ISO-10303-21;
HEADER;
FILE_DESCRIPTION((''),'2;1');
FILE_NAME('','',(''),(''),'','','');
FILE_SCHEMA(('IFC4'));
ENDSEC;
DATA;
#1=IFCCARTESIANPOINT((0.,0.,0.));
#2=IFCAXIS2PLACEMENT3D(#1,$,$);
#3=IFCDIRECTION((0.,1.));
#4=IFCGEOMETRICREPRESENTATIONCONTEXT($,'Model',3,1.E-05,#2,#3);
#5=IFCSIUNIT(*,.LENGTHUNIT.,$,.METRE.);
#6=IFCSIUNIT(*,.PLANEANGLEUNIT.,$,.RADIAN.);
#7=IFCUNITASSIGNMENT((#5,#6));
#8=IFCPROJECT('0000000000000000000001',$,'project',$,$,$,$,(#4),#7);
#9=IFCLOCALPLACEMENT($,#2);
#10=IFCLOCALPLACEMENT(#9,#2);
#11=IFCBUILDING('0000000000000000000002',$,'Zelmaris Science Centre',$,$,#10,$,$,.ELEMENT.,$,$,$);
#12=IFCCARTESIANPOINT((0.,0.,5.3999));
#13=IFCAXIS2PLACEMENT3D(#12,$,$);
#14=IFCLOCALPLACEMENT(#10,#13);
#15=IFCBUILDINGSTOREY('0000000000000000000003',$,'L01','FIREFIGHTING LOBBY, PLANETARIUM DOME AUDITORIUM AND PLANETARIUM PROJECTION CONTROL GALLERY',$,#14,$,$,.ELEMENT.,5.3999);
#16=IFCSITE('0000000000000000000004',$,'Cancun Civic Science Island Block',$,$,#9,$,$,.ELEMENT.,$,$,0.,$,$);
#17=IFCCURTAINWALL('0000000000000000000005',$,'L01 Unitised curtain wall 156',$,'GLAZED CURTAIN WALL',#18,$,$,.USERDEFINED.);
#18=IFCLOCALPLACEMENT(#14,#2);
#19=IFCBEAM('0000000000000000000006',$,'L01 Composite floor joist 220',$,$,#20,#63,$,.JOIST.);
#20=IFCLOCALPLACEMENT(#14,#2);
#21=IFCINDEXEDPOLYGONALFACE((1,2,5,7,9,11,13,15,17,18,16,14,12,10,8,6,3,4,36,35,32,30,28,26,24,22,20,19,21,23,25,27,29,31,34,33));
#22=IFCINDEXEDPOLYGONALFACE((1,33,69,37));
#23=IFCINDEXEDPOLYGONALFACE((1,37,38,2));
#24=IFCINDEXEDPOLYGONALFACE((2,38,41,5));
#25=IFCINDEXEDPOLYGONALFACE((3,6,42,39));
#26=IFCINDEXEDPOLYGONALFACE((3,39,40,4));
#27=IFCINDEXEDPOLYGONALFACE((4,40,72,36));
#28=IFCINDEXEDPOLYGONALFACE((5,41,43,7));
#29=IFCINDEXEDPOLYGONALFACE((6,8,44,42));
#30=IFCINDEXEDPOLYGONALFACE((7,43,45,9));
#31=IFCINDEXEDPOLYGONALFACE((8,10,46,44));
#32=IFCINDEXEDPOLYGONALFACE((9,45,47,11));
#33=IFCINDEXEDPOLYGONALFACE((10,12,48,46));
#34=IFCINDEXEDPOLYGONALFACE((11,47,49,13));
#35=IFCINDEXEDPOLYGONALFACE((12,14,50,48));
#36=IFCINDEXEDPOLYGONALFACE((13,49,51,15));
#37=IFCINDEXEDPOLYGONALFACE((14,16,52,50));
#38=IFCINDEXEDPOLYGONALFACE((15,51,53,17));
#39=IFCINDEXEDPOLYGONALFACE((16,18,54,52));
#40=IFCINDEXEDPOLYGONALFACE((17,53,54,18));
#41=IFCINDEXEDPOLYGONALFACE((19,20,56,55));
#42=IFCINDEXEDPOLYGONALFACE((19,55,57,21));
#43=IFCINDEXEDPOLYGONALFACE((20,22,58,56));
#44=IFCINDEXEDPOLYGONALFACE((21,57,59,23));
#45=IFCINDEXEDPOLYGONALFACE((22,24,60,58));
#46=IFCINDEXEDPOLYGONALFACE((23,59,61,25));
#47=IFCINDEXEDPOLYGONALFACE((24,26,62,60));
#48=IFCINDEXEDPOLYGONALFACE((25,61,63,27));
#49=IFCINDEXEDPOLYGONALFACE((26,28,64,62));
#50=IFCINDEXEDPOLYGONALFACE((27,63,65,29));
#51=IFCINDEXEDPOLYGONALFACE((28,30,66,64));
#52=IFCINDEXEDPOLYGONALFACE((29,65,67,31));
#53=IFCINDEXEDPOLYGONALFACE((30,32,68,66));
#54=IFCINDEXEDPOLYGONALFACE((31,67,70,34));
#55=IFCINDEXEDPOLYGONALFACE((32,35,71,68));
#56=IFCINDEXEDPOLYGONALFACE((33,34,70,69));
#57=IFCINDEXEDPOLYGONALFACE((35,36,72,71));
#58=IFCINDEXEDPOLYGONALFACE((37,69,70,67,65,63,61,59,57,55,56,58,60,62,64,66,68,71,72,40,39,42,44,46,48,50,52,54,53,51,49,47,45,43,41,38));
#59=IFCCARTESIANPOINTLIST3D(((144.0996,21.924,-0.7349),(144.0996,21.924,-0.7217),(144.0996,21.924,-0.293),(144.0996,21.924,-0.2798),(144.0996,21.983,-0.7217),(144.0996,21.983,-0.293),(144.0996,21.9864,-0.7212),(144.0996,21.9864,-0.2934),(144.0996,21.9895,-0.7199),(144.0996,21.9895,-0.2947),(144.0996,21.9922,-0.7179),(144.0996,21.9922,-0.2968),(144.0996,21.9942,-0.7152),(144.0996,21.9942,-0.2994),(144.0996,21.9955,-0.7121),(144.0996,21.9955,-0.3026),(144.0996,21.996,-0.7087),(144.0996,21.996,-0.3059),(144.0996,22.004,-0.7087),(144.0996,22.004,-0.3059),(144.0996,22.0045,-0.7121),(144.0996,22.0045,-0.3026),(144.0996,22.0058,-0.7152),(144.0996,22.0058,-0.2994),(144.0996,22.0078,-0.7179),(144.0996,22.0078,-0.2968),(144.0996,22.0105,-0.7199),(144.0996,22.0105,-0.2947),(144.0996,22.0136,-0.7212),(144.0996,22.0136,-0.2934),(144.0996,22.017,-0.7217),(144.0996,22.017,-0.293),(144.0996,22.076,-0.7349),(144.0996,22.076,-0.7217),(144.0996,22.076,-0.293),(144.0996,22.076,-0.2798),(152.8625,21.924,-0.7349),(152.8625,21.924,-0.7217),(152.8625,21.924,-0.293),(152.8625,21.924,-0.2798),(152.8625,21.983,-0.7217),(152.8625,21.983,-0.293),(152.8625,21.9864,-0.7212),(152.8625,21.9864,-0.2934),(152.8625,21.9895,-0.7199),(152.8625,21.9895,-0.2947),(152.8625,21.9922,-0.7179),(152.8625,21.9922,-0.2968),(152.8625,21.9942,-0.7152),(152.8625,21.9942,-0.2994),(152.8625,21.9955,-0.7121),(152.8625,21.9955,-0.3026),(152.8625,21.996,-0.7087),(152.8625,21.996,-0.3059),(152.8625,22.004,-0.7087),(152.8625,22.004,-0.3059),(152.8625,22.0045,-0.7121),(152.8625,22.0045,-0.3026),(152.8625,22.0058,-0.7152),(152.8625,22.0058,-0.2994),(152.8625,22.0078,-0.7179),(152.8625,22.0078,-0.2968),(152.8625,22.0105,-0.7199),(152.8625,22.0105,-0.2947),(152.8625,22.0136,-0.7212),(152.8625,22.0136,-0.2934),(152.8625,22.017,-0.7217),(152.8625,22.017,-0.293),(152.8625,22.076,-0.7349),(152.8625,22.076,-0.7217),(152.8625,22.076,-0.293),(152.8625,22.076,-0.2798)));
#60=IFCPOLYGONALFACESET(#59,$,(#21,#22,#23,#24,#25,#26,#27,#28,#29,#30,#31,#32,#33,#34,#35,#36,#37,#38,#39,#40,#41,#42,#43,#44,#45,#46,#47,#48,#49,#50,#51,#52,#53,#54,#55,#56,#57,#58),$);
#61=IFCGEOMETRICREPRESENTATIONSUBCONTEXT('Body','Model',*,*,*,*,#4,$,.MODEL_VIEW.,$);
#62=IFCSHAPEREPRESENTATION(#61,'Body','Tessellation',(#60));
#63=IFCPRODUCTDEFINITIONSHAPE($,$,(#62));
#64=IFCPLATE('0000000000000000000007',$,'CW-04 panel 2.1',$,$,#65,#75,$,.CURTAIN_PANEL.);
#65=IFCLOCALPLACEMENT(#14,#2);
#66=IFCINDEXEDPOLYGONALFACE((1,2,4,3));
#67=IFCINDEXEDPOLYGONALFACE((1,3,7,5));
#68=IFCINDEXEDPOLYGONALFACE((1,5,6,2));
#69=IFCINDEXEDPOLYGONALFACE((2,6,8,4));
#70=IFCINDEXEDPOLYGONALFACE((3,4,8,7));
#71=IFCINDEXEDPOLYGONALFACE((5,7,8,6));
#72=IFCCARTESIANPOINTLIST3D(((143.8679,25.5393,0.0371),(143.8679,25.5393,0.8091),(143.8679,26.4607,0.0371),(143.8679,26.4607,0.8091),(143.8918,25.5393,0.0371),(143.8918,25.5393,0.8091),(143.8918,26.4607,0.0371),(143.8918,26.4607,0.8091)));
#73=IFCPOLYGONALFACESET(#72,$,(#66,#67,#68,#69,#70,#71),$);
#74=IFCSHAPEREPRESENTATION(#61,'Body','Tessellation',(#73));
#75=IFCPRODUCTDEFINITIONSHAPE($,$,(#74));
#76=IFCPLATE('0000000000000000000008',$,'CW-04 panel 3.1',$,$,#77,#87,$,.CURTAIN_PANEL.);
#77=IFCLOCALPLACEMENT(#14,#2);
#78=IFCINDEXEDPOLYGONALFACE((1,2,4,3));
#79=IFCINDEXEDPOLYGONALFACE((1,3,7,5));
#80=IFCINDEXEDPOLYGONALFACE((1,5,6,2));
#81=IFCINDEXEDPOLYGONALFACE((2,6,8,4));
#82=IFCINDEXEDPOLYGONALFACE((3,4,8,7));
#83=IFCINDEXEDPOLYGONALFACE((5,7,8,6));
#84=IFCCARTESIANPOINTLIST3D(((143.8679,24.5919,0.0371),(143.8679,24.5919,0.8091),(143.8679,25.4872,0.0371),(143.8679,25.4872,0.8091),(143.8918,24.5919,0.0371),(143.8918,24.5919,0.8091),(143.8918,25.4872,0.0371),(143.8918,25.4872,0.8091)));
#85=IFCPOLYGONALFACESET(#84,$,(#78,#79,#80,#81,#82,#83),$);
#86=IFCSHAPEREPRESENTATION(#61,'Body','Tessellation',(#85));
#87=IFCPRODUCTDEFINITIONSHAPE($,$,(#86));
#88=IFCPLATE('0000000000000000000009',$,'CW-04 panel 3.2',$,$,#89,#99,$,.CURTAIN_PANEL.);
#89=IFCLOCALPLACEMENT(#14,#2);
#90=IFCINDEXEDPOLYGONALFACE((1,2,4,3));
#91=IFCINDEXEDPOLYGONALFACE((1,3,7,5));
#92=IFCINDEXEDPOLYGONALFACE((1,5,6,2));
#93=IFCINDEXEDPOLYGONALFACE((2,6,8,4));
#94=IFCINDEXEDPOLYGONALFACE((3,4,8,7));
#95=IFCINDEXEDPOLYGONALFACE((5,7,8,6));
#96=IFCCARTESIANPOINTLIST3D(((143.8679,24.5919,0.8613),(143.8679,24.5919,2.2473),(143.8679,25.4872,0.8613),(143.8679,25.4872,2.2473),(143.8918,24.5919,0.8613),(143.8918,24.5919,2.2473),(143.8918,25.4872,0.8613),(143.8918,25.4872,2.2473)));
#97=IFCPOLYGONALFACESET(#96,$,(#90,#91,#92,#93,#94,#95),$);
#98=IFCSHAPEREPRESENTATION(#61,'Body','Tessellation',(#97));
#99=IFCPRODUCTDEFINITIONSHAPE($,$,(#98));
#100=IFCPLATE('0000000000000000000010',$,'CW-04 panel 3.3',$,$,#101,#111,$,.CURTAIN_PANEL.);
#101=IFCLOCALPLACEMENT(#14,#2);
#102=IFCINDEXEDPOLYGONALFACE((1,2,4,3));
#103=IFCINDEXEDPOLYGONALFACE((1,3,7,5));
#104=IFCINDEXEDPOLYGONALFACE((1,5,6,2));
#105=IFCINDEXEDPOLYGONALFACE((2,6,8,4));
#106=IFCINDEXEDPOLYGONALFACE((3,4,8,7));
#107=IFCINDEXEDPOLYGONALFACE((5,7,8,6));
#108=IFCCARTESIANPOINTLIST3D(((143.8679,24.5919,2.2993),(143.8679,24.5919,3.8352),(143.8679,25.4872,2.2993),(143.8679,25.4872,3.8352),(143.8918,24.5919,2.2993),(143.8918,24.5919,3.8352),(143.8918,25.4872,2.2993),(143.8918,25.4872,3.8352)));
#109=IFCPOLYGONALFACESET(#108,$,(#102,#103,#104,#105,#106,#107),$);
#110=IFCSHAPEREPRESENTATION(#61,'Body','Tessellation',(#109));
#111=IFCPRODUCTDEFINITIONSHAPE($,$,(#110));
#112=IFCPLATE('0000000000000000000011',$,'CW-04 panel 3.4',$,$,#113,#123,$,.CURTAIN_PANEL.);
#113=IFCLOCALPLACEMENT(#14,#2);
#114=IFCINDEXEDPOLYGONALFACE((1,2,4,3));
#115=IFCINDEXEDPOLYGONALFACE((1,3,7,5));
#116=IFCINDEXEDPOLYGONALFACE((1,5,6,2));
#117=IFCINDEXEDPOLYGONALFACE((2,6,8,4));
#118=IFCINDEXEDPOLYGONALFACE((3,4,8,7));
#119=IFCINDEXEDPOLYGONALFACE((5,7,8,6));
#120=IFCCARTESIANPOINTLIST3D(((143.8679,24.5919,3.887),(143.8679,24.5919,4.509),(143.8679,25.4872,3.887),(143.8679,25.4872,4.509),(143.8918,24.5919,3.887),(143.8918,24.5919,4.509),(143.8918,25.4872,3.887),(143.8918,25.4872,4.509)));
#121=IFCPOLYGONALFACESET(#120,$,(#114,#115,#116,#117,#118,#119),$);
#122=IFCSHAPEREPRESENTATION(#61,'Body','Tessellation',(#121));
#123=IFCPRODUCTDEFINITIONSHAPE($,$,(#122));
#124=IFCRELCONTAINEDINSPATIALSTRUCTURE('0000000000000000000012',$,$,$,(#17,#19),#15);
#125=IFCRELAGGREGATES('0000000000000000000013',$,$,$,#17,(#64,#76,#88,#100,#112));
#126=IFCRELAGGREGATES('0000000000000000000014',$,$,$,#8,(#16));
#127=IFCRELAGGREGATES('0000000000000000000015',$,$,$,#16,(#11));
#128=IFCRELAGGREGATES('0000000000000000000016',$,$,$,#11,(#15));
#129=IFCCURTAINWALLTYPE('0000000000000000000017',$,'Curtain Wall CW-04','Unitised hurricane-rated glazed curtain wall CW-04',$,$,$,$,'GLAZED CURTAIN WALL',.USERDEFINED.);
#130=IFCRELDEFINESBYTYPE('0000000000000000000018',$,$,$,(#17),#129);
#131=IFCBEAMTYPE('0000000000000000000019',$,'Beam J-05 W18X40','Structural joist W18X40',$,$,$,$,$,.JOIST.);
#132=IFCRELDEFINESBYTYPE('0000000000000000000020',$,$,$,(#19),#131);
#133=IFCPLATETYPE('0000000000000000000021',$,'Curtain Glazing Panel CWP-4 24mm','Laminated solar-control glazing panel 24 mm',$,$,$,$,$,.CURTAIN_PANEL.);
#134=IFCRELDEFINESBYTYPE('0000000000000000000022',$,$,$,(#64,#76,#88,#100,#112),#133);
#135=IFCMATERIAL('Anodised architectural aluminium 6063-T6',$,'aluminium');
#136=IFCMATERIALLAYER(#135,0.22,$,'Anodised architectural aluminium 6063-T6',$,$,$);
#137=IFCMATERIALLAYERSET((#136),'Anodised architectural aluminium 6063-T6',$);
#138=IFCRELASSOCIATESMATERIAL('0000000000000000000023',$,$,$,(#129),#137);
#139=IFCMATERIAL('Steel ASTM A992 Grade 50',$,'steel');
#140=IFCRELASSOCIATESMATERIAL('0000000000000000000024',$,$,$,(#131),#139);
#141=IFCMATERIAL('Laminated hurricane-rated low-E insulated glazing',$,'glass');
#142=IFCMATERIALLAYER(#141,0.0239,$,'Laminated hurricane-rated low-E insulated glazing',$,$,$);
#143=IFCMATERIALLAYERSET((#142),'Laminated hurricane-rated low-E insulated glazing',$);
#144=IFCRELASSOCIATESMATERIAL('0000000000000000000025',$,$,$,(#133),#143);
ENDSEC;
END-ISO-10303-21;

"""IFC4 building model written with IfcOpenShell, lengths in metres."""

from ifc_helpers import new_model, si_unit, direction, frame, origin, origin_2d, place, context, subcontext, project, spatial, rectangle, i_section, extrude, material, layer, layer_set, material_profile, profile_set, type_object, element, aggregate, save


model = new_model("IFC4")

# Units and contexts
model_context = context("Model", 3, precision=1e-05, world=origin(), true_north=direction((0.0, 1.0)))
body_context = subcontext(model_context, "Body", "Model", "MODEL_VIEW")
ifc_project = project(units=[si_unit("LENGTHUNIT", "METRE"), si_unit("PLANEANGLEUNIT", "RADIAN")], contexts=[model_context])

# Site, building, storey
site_placement = place(None, origin())
site = spatial("IfcSite", under=ifc_project, at=site_placement, Name="Cancun Civic Science Island Block", CompositionType="ELEMENT", RefElevation=0.0)
building_placement = place(site_placement, origin())
building = spatial("IfcBuilding", under=site, at=building_placement, Name="Zelmaris Science Centre", CompositionType="ELEMENT")
storey_placement = place(building_placement, frame((0.0, 0.0, 5.3999)))
storey = spatial("IfcBuildingStorey", under=building, at=storey_placement, Name="L01", Description="FIREFIGHTING LOBBY, PLANETARIUM DOME AUDITORIUM AND PLANETARIUM PROJECTION CONTROL GALLERY", CompositionType="ELEMENT", Elevation=5.3999)

# Shared definitions
ifc_material_1 = material(Name="Steel ASTM A992 Grade 50", Category="steel")

# Curtain wall
ifc_material_2 = material(Name="Anodised architectural aluminium 6063-T6", Category="aluminium")
ifc_layer_1 = layer(ifc_material_2, 0.22, Name="Anodised architectural aluminium 6063-T6")
ifc_layer_set_1 = layer_set([ifc_layer_1], Name="Anodised architectural aluminium 6063-T6")
curtain_wall_type_1 = type_object("IfcCurtainWallType", Name="Curtain Wall CW-04", Description="Unitised hurricane-rated glazed curtain wall CW-04", ElementType="GLAZED CURTAIN WALL", PredefinedType="USERDEFINED", material=ifc_layer_set_1)
curtain_wall_1_placement = place(storey_placement, origin())
curtain_wall_1 = element("IfcCurtainWall", 1, at=curtain_wall_1_placement, inside=storey, type_object=curtain_wall_type_1, Name="L01 Unitised curtain wall 156", ObjectType="GLAZED CURTAIN WALL", PredefinedType="USERDEFINED")

# Beam
ifc_material_profile_1 = material_profile(ifc_material_1, i_section(OverallWidth=0.1521, OverallDepth=0.4551, WebThickness=0.0081, FlangeThickness=0.0132, FilletRadius=0.0129, at=origin_2d()), Name="W18X40")
ifc_profile_set_1 = profile_set([ifc_material_profile_1], Name="Steel ASTM A992 Grade 50")
beam_type_1 = type_object("IfcBeamType", Name="Beam J-05 W18X40", Description="Structural joist W18X40", PredefinedType="JOIST", material=ifc_profile_set_1)
beam_1_placement = place(storey_placement, frame((144.0996, 22.0, -0.5073), z_axis=(1.0, 0.0, 0.0), x_axis=(0.0, 1.0, 0.0)))
element("IfcBeam", 2, at=beam_1_placement, inside=storey, type_object=beam_type_1, Name="L01 Composite floor joist 220", PredefinedType="JOIST", context=body_context, shape_type="SweptSolid", body=[
    extrude(i_section(OverallWidth=0.1521, OverallDepth=0.4551, WebThickness=0.0081, FlangeThickness=0.0132, FilletRadius=0.0129, at=origin_2d()), origin(), (0.0, 0.0, 1.0), 8.7629),
])

# Plates
ifc_material_3 = material(Name="Laminated hurricane-rated low-E insulated glazing", Category="glass")
ifc_layer_2 = layer(ifc_material_3, 0.0239, Name="Laminated hurricane-rated low-E insulated glazing")
ifc_layer_set_2 = layer_set([ifc_layer_2], Name="Laminated hurricane-rated low-E insulated glazing")
plate_type = type_object("IfcPlateType", Name="Curtain Glazing Panel CWP-4 24mm", Description="Laminated solar-control glazing panel 24 mm", PredefinedType="CURTAIN_PANEL", material=ifc_layer_set_2)
plate_1_placement = place(storey_placement, frame((143.8799, 26.0, 0.0371), z_axis=(0.0, 0.0, 1.0), x_axis=(0.0, -1.0, 0.0)))
plate_1 = element("IfcPlate", 3, at=plate_1_placement, type_object=plate_type, Name="CW-04 panel 2.1", PredefinedType="CURTAIN_PANEL", context=body_context, shape_type="SweptSolid", body=[
    extrude(rectangle(XDim=0.9214, YDim=0.0239, at=origin_2d()), origin(), (0.0, 0.0, 1.0), 0.772),
])
plate_2_placement = place(storey_placement, frame((143.8799, 25.0396, 0.0371), z_axis=(0.0, 0.0, 1.0), x_axis=(0.0, -1.0, 0.0)))
plate_2 = element("IfcPlate", 4, at=plate_2_placement, type_object=plate_type, Name="CW-04 panel 3.1", PredefinedType="CURTAIN_PANEL", context=body_context, shape_type="SweptSolid", body=[
    extrude(rectangle(XDim=0.8953, YDim=0.0239, at=origin_2d()), origin(), (0.0, 0.0, 1.0), 0.772),
])
plate_3_placement = place(storey_placement, frame((143.8799, 25.0396, 0.8613), z_axis=(0.0, 0.0, 1.0), x_axis=(0.0, -1.0, 0.0)))
plate_3 = element("IfcPlate", 5, at=plate_3_placement, type_object=plate_type, Name="CW-04 panel 3.2", PredefinedType="CURTAIN_PANEL", context=body_context, shape_type="SweptSolid", body=[
    extrude(rectangle(XDim=0.8953, YDim=0.0239, at=origin_2d()), origin(), (0.0, 0.0, 1.0), 1.386),
])
plate_4_placement = place(storey_placement, frame((143.8799, 25.0396, 2.2993), z_axis=(0.0, 0.0, 1.0), x_axis=(0.0, -1.0, 0.0)))
plate_4 = element("IfcPlate", 6, at=plate_4_placement, type_object=plate_type, Name="CW-04 panel 3.3", PredefinedType="CURTAIN_PANEL", context=body_context, shape_type="SweptSolid", body=[
    extrude(rectangle(XDim=0.8953, YDim=0.0239, at=origin_2d()), origin(), (0.0, 0.0, 1.0), 1.5359),
])
plate_5_placement = place(storey_placement, frame((143.8799, 25.0396, 3.887), z_axis=(0.0, 0.0, 1.0), x_axis=(0.0, -1.0, 0.0)))
plate_5 = element("IfcPlate", 7, at=plate_5_placement, type_object=plate_type, Name="CW-04 panel 3.4", PredefinedType="CURTAIN_PANEL", context=body_context, shape_type="SweptSolid", body=[
    extrude(rectangle(XDim=0.8953, YDim=0.0239, at=origin_2d()), origin(), (0.0, 0.0, 1.0), 0.6221),
])
aggregate(curtain_wall_1, [plate_1, plate_2, plate_3, plate_4, plate_5])

save(model, "model.ifc")
